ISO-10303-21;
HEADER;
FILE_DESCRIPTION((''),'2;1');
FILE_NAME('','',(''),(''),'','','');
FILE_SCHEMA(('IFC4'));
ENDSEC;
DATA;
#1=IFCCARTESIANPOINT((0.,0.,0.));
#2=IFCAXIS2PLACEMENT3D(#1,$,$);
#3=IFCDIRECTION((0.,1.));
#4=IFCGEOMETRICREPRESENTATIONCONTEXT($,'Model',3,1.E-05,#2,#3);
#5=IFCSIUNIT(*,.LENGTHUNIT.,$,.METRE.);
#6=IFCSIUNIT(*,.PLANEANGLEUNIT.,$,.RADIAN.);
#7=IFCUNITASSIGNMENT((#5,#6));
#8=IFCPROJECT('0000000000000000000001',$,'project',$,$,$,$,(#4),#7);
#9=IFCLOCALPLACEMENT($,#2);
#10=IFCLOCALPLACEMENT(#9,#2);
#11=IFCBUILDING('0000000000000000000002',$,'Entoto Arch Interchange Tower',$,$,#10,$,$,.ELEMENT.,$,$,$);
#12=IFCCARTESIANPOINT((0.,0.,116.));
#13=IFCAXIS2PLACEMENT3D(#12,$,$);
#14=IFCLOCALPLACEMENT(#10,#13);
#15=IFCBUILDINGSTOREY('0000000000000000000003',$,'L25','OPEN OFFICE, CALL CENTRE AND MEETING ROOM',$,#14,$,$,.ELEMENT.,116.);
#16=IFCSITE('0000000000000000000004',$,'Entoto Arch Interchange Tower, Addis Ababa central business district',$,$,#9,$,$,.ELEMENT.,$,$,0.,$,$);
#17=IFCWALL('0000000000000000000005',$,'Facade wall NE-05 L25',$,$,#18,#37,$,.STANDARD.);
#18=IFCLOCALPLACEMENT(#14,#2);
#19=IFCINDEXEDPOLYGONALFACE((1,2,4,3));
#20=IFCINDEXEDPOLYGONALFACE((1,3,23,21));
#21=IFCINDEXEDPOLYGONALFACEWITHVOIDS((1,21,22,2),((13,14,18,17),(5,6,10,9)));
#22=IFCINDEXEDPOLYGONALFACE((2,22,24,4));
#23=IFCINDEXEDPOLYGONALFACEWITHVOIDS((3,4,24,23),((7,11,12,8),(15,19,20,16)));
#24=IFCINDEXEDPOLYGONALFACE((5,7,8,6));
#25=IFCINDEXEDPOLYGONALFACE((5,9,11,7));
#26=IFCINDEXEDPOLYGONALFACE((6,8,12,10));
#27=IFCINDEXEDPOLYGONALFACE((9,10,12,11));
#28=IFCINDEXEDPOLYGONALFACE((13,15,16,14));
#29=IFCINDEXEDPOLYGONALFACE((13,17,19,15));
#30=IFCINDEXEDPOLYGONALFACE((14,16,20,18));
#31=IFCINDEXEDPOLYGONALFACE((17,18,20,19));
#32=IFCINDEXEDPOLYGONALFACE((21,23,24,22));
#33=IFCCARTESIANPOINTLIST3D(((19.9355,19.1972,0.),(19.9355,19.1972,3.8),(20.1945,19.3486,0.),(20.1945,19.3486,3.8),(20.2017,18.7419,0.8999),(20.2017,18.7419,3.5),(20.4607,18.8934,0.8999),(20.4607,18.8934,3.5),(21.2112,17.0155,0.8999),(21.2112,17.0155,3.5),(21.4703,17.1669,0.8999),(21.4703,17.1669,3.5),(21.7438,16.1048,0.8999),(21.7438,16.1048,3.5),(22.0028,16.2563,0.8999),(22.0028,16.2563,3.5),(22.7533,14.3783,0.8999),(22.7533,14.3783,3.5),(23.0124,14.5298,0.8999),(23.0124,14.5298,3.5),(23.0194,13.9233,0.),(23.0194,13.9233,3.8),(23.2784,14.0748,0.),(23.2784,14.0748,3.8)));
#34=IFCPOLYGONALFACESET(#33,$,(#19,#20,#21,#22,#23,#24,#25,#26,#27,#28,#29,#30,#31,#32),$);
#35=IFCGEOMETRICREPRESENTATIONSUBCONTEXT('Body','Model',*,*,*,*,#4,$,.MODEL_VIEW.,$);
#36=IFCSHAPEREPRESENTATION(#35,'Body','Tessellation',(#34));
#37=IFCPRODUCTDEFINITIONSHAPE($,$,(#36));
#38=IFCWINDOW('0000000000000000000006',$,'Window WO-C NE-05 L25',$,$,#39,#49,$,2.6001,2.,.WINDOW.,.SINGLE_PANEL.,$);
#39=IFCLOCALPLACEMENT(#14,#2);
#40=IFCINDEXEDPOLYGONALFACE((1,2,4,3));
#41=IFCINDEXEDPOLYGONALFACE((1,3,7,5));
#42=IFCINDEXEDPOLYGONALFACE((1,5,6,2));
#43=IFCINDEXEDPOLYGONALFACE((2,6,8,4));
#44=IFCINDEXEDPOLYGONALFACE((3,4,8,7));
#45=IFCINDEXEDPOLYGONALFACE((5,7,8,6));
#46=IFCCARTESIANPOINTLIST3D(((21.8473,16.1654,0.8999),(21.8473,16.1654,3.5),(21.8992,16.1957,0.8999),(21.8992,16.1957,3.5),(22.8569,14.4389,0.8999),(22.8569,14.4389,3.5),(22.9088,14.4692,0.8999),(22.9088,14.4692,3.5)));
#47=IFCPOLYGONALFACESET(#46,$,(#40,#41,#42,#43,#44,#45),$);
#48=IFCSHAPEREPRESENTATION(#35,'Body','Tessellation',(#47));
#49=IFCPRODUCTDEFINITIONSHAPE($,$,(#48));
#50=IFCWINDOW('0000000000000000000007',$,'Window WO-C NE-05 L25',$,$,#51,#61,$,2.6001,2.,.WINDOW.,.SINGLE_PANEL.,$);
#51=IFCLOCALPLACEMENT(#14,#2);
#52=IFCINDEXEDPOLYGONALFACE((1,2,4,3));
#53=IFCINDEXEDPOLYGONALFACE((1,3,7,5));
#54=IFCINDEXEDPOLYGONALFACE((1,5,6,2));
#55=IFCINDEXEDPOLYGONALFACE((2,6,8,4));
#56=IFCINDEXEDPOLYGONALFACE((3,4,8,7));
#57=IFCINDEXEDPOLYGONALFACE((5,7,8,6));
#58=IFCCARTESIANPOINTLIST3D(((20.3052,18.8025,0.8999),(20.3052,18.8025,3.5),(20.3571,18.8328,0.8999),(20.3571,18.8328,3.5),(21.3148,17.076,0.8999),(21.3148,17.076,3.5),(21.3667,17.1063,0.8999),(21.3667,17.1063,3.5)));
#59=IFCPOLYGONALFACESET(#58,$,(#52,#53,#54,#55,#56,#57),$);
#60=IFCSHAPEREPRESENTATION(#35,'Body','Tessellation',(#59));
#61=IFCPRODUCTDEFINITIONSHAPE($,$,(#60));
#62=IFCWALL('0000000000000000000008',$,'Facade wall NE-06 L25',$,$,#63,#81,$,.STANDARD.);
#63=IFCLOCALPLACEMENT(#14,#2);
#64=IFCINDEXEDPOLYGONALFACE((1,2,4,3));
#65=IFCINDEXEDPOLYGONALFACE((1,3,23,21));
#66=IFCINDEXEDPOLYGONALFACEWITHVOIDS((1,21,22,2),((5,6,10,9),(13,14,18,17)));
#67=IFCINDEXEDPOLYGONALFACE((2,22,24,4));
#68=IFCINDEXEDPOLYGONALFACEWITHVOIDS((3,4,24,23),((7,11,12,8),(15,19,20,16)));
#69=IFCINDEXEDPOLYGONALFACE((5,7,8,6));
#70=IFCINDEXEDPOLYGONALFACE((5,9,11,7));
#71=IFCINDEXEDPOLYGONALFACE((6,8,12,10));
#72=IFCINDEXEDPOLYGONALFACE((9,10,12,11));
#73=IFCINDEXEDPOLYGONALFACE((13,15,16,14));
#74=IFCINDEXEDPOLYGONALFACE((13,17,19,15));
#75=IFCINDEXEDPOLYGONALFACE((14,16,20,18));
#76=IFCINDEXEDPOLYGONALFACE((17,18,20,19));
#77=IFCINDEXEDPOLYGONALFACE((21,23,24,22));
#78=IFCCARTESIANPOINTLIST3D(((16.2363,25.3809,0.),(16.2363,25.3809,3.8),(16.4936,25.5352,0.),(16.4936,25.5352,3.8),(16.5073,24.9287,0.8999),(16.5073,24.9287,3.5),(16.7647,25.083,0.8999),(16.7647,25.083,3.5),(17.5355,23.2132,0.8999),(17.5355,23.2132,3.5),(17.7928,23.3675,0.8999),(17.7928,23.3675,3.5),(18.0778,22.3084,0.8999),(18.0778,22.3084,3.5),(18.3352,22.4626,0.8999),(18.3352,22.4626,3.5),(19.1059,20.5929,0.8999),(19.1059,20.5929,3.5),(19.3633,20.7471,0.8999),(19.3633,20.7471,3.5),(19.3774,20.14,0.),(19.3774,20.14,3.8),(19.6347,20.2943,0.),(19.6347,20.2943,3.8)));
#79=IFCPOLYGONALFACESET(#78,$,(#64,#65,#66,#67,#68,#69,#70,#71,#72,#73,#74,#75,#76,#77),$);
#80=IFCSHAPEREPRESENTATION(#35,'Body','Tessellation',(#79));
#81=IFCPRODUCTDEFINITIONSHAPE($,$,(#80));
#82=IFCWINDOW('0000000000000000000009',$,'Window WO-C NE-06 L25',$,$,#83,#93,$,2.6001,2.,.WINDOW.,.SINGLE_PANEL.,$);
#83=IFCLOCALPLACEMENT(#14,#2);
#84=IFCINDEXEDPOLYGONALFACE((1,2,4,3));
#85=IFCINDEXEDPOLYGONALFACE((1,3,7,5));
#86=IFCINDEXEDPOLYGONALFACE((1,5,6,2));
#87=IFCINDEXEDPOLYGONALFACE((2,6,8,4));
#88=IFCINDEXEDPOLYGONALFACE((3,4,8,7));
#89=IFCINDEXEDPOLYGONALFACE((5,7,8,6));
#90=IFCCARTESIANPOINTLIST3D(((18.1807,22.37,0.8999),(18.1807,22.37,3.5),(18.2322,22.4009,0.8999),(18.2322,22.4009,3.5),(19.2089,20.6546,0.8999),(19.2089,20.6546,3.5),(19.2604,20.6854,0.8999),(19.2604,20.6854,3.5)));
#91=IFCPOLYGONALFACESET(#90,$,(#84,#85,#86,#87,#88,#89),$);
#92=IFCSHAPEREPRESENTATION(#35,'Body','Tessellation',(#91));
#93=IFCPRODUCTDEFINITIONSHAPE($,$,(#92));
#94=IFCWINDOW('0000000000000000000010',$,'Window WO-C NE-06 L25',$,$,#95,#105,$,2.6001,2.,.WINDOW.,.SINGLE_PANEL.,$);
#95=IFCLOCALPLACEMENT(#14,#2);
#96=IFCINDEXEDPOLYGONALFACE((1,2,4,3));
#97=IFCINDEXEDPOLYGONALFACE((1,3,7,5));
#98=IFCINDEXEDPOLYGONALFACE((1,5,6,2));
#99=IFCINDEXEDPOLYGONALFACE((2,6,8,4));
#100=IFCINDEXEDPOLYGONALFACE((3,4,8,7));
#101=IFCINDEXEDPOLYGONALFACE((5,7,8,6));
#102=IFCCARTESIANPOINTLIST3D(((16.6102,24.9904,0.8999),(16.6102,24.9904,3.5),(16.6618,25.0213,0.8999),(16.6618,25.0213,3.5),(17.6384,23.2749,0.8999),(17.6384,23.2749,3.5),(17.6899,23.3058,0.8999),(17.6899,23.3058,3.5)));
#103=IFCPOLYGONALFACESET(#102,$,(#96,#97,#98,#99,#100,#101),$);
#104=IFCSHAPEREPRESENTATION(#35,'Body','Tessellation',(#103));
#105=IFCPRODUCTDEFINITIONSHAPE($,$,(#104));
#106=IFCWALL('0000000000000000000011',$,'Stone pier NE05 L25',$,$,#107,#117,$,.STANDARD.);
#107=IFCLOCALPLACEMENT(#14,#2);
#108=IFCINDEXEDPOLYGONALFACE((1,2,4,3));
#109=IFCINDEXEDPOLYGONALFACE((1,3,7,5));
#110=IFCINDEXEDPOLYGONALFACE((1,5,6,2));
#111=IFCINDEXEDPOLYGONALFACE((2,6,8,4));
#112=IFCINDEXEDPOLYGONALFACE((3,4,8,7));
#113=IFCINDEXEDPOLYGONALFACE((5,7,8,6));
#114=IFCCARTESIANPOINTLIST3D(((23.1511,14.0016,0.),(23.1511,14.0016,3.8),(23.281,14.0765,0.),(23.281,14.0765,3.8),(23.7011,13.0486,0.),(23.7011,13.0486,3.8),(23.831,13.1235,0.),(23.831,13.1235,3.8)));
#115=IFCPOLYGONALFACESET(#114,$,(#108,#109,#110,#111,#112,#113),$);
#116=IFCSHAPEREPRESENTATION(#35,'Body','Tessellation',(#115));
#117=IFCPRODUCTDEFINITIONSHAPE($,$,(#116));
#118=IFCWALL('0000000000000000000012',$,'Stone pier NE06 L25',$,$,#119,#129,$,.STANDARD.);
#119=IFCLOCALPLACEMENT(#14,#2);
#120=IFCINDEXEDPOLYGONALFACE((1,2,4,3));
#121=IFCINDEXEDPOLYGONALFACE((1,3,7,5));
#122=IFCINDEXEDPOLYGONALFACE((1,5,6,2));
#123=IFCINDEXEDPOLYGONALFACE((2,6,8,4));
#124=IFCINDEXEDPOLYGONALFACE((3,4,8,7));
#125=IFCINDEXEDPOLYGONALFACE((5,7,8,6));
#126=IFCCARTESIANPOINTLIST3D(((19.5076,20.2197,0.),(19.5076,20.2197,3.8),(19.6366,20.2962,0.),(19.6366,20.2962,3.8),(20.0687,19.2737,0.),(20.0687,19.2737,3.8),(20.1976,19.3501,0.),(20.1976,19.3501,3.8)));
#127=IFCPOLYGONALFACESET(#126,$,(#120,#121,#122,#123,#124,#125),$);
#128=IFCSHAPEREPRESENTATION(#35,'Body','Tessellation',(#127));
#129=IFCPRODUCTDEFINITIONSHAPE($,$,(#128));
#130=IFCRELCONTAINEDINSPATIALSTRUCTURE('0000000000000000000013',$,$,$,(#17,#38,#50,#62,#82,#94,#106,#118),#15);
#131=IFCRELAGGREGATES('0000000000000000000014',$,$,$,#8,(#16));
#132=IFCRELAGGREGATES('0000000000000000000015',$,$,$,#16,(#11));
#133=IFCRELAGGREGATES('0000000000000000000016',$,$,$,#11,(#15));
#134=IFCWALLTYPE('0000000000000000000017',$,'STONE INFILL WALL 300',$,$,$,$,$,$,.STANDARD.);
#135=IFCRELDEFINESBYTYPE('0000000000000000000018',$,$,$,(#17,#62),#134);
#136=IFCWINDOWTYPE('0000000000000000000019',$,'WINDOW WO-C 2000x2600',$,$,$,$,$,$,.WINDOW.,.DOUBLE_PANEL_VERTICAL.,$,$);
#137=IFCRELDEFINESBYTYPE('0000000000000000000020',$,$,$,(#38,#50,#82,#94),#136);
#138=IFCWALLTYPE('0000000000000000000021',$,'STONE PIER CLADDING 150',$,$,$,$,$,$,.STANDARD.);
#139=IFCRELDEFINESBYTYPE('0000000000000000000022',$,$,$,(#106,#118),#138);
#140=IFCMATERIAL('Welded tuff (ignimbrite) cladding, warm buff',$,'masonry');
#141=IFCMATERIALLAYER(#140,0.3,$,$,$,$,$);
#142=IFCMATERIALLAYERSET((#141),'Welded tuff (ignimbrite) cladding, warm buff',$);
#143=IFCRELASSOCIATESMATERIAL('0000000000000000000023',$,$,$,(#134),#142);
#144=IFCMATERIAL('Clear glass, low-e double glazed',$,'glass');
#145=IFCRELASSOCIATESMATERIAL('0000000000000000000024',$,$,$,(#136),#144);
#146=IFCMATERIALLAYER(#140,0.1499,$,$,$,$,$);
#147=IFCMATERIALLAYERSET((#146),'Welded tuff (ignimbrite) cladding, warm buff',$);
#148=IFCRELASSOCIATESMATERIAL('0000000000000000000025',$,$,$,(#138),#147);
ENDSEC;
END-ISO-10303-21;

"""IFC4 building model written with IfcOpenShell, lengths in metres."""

from ifc_helpers import new_model, si_unit, direction, frame, frame_2d, origin, place, context, subcontext, project, spatial, rectangle, extrude, material, layer, layer_set, type_object, element, fill, save


model = new_model("IFC4")

# Units and contexts
model_context = context("Model", 3, precision=1e-05, world=origin(), true_north=direction((0.0, 1.0)))
body_context = subcontext(model_context, "Body", "Model", "MODEL_VIEW")
ifc_project = project(units=[si_unit("LENGTHUNIT", "METRE"), si_unit("PLANEANGLEUNIT", "RADIAN")], contexts=[model_context])

# Site, building, storey
site_placement = place(None, origin())
site = spatial("IfcSite", under=ifc_project, at=site_placement, Name="Entoto Arch Interchange Tower, Addis Ababa central business district", CompositionType="ELEMENT", RefElevation=0.0)
building_placement = place(site_placement, origin())
building = spatial("IfcBuilding", under=site, at=building_placement, Name="Entoto Arch Interchange Tower", CompositionType="ELEMENT")
storey_placement = place(building_placement, frame((0.0, 0.0, 116.0)))
storey = spatial("IfcBuildingStorey", under=building, at=storey_placement, Name="L25", Description="OPEN OFFICE, CALL CENTRE AND MEETING ROOM", CompositionType="ELEMENT", Elevation=116.0)

# Walls, openings, windows
ifc_material_1 = material(Name="Welded tuff (ignimbrite) cladding, warm buff", Category="masonry")
ifc_layer_1 = layer(ifc_material_1, 0.3)
ifc_layer_set_1 = layer_set([ifc_layer_1], Name="Welded tuff (ignimbrite) cladding, warm buff")
wall_type_1 = type_object("IfcWallType", Name="STONE INFILL WALL 300", PredefinedType="STANDARD", material=ifc_layer_set_1)
wall_1_placement = place(storey_placement, frame((23.1489, 13.999, 0.0), z_axis=(0.0, 0.0, 1.0), x_axis=(-0.50479, 0.863242, 0.0)))
wall_1 = element("IfcWall", 1, at=wall_1_placement, inside=storey, type_object=wall_type_1, Name="Facade wall NE-05 L25", PredefinedType="STANDARD", context=body_context, shape_type="SweptSolid", body=[
    extrude(rectangle(XDim=6.1094, YDim=0.3, at=frame_2d((3.0547, 0.0))), origin(), (0.0, 0.0, 1.0), 3.8),
])
opening_1_placement = place(wall_1_placement, frame((0.5271, 0.0, 0.8999)))
opening_1 = element("IfcOpeningElement", 2, at=opening_1_placement, cuts=wall_1, PredefinedType="OPENING", context=body_context, shape_type="SweptSolid", body=[
    extrude(rectangle(XDim=2.0, YDim=2.6001, at=frame_2d((1.0, 1.3))), frame((0.0, 0.1602, 0.0), z_axis=(0.0, -1.0, 0.0), x_axis=(1.0, 0.0, 0.0)), (0.0, 0.0, 1.0), 0.3201),
])
opening_2_placement = place(wall_1_placement, frame((3.582, 0.0, 0.8999)))
opening_2 = element("IfcOpeningElement", 3, at=opening_2_placement, cuts=wall_1, PredefinedType="OPENING", context=body_context, shape_type="SweptSolid", body=[
    extrude(rectangle(XDim=2.0, YDim=2.6001, at=frame_2d((1.0, 1.3))), frame((0.0, 0.1602, 0.0), z_axis=(0.0, -1.0, 0.0), x_axis=(1.0, 0.0, 0.0)), (0.0, 0.0, 1.0), 0.3201),
])
ifc_material_2 = material(Name="Clear glass, low-e double glazed", Category="glass")
window_type = type_object("IfcWindowType", Name="WINDOW WO-C 2000x2600", PartitioningType="DOUBLE_PANEL_VERTICAL", PredefinedType="WINDOW", material=ifc_material_2)
window_1_placement = place(opening_1_placement, origin())
window_1 = element("IfcWindow", 4, at=window_1_placement, inside=storey, type_object=window_type, Name="Window WO-C NE-05 L25", OverallHeight=2.6001, OverallWidth=2.0, PartitioningType="SINGLE_PANEL", PredefinedType="WINDOW", context=body_context, shape_type="SweptSolid", body=[
    extrude(rectangle(XDim=2.0, YDim=2.6001, at=frame_2d((1.0, 1.3))), frame((0.0, 0.03, 0.0), z_axis=(0.0, -1.0, 0.0), x_axis=(1.0, 0.0, 0.0)), (0.0, 0.0, 1.0), 0.0601),
])
fill(opening_1, window_1)
window_2_placement = place(opening_2_placement, origin())
window_2 = element("IfcWindow", 5, at=window_2_placement, inside=storey, type_object=window_type, Name="Window WO-C NE-05 L25", OverallHeight=2.6001, OverallWidth=2.0, PartitioningType="SINGLE_PANEL", PredefinedType="WINDOW", context=body_context, shape_type="SweptSolid", body=[
    extrude(rectangle(XDim=2.0, YDim=2.6001, at=frame_2d((1.0, 1.3))), frame((0.0, 0.03, 0.0), z_axis=(0.0, -1.0, 0.0), x_axis=(1.0, 0.0, 0.0)), (0.0, 0.0, 1.0), 0.0601),
])
fill(opening_2, window_2)
wall_2_placement = place(storey_placement, frame((19.5061, 20.217, 0.0), z_axis=(0.0, 0.0, 1.0), x_axis=(-0.514079, 0.857743, 0.0)))
wall_2 = element("IfcWall", 6, at=wall_2_placement, inside=storey, type_object=wall_type_1, Name="Facade wall NE-06 L25", PredefinedType="STANDARD", context=body_context, shape_type="SweptSolid", body=[
    extrude(rectangle(XDim=6.1101, YDim=0.3, at=frame_2d((3.0552, 0.0))), origin(), (0.0, 0.0, 1.0), 3.8),
])
opening_3_placement = place(wall_2_placement, frame((0.5281, 0.0, 0.8999)))
opening_3 = element("IfcOpeningElement", 7, at=opening_3_placement, cuts=wall_2, PredefinedType="OPENING", context=body_context, shape_type="SweptSolid", body=[
    extrude(rectangle(XDim=2.0, YDim=2.6001, at=frame_2d((1.0, 1.3))), frame((0.0, 0.1602, 0.0), z_axis=(0.0, -1.0, 0.0), x_axis=(1.0, 0.0, 0.0)), (0.0, 0.0, 1.0), 0.3201),
])
opening_4_placement = place(wall_2_placement, frame((3.583, 0.0, 0.8999)))
opening_4 = element("IfcOpeningElement", 8, at=opening_4_placement, cuts=wall_2, PredefinedType="OPENING", context=body_context, shape_type="SweptSolid", body=[
    extrude(rectangle(XDim=2.0, YDim=2.6001, at=frame_2d((1.0, 1.3))), frame((0.0, 0.1602, 0.0), z_axis=(0.0, -1.0, 0.0), x_axis=(1.0, 0.0, 0.0)), (0.0, 0.0, 1.0), 0.3201),
])
window_3_placement = place(opening_3_placement, origin())
window_3 = element("IfcWindow", 9, at=window_3_placement, inside=storey, type_object=window_type, Name="Window WO-C NE-06 L25", OverallHeight=2.6001, OverallWidth=2.0, PartitioningType="SINGLE_PANEL", PredefinedType="WINDOW", context=body_context, shape_type="SweptSolid", body=[
    extrude(rectangle(XDim=2.0, YDim=2.6001, at=frame_2d((1.0, 1.3))), frame((0.0, 0.03, 0.0), z_axis=(0.0, -1.0, 0.0), x_axis=(1.0, 0.0, 0.0)), (0.0, 0.0, 1.0), 0.0601),
])
fill(opening_3, window_3)
window_4_placement = place(opening_4_placement, origin())
window_4 = element("IfcWindow", 10, at=window_4_placement, inside=storey, type_object=window_type, Name="Window WO-C NE-06 L25", OverallHeight=2.6001, OverallWidth=2.0, PartitioningType="SINGLE_PANEL", PredefinedType="WINDOW", context=body_context, shape_type="SweptSolid", body=[
    extrude(rectangle(XDim=2.0, YDim=2.6001, at=frame_2d((1.0, 1.3))), frame((0.0, 0.03, 0.0), z_axis=(0.0, -1.0, 0.0), x_axis=(1.0, 0.0, 0.0)), (0.0, 0.0, 1.0), 0.0601),
])
fill(opening_4, window_4)

# Walls
ifc_layer_2 = layer(ifc_material_1, 0.1499)
ifc_layer_set_2 = layer_set([ifc_layer_2], Name="Welded tuff (ignimbrite) cladding, warm buff")
wall_type_2 = type_object("IfcWallType", Name="STONE PIER CLADDING 150", PredefinedType="STANDARD", material=ifc_layer_set_2)
wall_3_placement = place(storey_placement, frame((23.7661, 13.0859, 0.0), z_axis=(0.0, 0.0, 1.0), x_axis=(-0.499838, 0.866119, 0.0)))
element("IfcWall", 11, at=wall_3_placement, inside=storey, type_object=wall_type_2, Name="Stone pier NE05 L25", PredefinedType="STANDARD", context=body_context, shape_type="SweptSolid", body=[
    extrude(rectangle(XDim=1.1003, YDim=0.1499, at=frame_2d((0.5503, 0.0))), origin(), (0.0, 0.0, 1.0), 3.8),
])
wall_4_placement = place(storey_placement, frame((20.1331, 19.312, 0.0), z_axis=(0.0, 0.0, 1.0), x_axis=(-0.510082, 0.860126, 0.0)))
element("IfcWall", 12, at=wall_4_placement, inside=storey, type_object=wall_type_2, Name="Stone pier NE06 L25", PredefinedType="STANDARD", context=body_context, shape_type="SweptSolid", body=[
    extrude(rectangle(XDim=1.0999, YDim=0.1499, at=frame_2d((0.5498, 0.0))), origin(), (0.0, 0.0, 1.0), 3.8),
])

save(model, "model.ifc")
